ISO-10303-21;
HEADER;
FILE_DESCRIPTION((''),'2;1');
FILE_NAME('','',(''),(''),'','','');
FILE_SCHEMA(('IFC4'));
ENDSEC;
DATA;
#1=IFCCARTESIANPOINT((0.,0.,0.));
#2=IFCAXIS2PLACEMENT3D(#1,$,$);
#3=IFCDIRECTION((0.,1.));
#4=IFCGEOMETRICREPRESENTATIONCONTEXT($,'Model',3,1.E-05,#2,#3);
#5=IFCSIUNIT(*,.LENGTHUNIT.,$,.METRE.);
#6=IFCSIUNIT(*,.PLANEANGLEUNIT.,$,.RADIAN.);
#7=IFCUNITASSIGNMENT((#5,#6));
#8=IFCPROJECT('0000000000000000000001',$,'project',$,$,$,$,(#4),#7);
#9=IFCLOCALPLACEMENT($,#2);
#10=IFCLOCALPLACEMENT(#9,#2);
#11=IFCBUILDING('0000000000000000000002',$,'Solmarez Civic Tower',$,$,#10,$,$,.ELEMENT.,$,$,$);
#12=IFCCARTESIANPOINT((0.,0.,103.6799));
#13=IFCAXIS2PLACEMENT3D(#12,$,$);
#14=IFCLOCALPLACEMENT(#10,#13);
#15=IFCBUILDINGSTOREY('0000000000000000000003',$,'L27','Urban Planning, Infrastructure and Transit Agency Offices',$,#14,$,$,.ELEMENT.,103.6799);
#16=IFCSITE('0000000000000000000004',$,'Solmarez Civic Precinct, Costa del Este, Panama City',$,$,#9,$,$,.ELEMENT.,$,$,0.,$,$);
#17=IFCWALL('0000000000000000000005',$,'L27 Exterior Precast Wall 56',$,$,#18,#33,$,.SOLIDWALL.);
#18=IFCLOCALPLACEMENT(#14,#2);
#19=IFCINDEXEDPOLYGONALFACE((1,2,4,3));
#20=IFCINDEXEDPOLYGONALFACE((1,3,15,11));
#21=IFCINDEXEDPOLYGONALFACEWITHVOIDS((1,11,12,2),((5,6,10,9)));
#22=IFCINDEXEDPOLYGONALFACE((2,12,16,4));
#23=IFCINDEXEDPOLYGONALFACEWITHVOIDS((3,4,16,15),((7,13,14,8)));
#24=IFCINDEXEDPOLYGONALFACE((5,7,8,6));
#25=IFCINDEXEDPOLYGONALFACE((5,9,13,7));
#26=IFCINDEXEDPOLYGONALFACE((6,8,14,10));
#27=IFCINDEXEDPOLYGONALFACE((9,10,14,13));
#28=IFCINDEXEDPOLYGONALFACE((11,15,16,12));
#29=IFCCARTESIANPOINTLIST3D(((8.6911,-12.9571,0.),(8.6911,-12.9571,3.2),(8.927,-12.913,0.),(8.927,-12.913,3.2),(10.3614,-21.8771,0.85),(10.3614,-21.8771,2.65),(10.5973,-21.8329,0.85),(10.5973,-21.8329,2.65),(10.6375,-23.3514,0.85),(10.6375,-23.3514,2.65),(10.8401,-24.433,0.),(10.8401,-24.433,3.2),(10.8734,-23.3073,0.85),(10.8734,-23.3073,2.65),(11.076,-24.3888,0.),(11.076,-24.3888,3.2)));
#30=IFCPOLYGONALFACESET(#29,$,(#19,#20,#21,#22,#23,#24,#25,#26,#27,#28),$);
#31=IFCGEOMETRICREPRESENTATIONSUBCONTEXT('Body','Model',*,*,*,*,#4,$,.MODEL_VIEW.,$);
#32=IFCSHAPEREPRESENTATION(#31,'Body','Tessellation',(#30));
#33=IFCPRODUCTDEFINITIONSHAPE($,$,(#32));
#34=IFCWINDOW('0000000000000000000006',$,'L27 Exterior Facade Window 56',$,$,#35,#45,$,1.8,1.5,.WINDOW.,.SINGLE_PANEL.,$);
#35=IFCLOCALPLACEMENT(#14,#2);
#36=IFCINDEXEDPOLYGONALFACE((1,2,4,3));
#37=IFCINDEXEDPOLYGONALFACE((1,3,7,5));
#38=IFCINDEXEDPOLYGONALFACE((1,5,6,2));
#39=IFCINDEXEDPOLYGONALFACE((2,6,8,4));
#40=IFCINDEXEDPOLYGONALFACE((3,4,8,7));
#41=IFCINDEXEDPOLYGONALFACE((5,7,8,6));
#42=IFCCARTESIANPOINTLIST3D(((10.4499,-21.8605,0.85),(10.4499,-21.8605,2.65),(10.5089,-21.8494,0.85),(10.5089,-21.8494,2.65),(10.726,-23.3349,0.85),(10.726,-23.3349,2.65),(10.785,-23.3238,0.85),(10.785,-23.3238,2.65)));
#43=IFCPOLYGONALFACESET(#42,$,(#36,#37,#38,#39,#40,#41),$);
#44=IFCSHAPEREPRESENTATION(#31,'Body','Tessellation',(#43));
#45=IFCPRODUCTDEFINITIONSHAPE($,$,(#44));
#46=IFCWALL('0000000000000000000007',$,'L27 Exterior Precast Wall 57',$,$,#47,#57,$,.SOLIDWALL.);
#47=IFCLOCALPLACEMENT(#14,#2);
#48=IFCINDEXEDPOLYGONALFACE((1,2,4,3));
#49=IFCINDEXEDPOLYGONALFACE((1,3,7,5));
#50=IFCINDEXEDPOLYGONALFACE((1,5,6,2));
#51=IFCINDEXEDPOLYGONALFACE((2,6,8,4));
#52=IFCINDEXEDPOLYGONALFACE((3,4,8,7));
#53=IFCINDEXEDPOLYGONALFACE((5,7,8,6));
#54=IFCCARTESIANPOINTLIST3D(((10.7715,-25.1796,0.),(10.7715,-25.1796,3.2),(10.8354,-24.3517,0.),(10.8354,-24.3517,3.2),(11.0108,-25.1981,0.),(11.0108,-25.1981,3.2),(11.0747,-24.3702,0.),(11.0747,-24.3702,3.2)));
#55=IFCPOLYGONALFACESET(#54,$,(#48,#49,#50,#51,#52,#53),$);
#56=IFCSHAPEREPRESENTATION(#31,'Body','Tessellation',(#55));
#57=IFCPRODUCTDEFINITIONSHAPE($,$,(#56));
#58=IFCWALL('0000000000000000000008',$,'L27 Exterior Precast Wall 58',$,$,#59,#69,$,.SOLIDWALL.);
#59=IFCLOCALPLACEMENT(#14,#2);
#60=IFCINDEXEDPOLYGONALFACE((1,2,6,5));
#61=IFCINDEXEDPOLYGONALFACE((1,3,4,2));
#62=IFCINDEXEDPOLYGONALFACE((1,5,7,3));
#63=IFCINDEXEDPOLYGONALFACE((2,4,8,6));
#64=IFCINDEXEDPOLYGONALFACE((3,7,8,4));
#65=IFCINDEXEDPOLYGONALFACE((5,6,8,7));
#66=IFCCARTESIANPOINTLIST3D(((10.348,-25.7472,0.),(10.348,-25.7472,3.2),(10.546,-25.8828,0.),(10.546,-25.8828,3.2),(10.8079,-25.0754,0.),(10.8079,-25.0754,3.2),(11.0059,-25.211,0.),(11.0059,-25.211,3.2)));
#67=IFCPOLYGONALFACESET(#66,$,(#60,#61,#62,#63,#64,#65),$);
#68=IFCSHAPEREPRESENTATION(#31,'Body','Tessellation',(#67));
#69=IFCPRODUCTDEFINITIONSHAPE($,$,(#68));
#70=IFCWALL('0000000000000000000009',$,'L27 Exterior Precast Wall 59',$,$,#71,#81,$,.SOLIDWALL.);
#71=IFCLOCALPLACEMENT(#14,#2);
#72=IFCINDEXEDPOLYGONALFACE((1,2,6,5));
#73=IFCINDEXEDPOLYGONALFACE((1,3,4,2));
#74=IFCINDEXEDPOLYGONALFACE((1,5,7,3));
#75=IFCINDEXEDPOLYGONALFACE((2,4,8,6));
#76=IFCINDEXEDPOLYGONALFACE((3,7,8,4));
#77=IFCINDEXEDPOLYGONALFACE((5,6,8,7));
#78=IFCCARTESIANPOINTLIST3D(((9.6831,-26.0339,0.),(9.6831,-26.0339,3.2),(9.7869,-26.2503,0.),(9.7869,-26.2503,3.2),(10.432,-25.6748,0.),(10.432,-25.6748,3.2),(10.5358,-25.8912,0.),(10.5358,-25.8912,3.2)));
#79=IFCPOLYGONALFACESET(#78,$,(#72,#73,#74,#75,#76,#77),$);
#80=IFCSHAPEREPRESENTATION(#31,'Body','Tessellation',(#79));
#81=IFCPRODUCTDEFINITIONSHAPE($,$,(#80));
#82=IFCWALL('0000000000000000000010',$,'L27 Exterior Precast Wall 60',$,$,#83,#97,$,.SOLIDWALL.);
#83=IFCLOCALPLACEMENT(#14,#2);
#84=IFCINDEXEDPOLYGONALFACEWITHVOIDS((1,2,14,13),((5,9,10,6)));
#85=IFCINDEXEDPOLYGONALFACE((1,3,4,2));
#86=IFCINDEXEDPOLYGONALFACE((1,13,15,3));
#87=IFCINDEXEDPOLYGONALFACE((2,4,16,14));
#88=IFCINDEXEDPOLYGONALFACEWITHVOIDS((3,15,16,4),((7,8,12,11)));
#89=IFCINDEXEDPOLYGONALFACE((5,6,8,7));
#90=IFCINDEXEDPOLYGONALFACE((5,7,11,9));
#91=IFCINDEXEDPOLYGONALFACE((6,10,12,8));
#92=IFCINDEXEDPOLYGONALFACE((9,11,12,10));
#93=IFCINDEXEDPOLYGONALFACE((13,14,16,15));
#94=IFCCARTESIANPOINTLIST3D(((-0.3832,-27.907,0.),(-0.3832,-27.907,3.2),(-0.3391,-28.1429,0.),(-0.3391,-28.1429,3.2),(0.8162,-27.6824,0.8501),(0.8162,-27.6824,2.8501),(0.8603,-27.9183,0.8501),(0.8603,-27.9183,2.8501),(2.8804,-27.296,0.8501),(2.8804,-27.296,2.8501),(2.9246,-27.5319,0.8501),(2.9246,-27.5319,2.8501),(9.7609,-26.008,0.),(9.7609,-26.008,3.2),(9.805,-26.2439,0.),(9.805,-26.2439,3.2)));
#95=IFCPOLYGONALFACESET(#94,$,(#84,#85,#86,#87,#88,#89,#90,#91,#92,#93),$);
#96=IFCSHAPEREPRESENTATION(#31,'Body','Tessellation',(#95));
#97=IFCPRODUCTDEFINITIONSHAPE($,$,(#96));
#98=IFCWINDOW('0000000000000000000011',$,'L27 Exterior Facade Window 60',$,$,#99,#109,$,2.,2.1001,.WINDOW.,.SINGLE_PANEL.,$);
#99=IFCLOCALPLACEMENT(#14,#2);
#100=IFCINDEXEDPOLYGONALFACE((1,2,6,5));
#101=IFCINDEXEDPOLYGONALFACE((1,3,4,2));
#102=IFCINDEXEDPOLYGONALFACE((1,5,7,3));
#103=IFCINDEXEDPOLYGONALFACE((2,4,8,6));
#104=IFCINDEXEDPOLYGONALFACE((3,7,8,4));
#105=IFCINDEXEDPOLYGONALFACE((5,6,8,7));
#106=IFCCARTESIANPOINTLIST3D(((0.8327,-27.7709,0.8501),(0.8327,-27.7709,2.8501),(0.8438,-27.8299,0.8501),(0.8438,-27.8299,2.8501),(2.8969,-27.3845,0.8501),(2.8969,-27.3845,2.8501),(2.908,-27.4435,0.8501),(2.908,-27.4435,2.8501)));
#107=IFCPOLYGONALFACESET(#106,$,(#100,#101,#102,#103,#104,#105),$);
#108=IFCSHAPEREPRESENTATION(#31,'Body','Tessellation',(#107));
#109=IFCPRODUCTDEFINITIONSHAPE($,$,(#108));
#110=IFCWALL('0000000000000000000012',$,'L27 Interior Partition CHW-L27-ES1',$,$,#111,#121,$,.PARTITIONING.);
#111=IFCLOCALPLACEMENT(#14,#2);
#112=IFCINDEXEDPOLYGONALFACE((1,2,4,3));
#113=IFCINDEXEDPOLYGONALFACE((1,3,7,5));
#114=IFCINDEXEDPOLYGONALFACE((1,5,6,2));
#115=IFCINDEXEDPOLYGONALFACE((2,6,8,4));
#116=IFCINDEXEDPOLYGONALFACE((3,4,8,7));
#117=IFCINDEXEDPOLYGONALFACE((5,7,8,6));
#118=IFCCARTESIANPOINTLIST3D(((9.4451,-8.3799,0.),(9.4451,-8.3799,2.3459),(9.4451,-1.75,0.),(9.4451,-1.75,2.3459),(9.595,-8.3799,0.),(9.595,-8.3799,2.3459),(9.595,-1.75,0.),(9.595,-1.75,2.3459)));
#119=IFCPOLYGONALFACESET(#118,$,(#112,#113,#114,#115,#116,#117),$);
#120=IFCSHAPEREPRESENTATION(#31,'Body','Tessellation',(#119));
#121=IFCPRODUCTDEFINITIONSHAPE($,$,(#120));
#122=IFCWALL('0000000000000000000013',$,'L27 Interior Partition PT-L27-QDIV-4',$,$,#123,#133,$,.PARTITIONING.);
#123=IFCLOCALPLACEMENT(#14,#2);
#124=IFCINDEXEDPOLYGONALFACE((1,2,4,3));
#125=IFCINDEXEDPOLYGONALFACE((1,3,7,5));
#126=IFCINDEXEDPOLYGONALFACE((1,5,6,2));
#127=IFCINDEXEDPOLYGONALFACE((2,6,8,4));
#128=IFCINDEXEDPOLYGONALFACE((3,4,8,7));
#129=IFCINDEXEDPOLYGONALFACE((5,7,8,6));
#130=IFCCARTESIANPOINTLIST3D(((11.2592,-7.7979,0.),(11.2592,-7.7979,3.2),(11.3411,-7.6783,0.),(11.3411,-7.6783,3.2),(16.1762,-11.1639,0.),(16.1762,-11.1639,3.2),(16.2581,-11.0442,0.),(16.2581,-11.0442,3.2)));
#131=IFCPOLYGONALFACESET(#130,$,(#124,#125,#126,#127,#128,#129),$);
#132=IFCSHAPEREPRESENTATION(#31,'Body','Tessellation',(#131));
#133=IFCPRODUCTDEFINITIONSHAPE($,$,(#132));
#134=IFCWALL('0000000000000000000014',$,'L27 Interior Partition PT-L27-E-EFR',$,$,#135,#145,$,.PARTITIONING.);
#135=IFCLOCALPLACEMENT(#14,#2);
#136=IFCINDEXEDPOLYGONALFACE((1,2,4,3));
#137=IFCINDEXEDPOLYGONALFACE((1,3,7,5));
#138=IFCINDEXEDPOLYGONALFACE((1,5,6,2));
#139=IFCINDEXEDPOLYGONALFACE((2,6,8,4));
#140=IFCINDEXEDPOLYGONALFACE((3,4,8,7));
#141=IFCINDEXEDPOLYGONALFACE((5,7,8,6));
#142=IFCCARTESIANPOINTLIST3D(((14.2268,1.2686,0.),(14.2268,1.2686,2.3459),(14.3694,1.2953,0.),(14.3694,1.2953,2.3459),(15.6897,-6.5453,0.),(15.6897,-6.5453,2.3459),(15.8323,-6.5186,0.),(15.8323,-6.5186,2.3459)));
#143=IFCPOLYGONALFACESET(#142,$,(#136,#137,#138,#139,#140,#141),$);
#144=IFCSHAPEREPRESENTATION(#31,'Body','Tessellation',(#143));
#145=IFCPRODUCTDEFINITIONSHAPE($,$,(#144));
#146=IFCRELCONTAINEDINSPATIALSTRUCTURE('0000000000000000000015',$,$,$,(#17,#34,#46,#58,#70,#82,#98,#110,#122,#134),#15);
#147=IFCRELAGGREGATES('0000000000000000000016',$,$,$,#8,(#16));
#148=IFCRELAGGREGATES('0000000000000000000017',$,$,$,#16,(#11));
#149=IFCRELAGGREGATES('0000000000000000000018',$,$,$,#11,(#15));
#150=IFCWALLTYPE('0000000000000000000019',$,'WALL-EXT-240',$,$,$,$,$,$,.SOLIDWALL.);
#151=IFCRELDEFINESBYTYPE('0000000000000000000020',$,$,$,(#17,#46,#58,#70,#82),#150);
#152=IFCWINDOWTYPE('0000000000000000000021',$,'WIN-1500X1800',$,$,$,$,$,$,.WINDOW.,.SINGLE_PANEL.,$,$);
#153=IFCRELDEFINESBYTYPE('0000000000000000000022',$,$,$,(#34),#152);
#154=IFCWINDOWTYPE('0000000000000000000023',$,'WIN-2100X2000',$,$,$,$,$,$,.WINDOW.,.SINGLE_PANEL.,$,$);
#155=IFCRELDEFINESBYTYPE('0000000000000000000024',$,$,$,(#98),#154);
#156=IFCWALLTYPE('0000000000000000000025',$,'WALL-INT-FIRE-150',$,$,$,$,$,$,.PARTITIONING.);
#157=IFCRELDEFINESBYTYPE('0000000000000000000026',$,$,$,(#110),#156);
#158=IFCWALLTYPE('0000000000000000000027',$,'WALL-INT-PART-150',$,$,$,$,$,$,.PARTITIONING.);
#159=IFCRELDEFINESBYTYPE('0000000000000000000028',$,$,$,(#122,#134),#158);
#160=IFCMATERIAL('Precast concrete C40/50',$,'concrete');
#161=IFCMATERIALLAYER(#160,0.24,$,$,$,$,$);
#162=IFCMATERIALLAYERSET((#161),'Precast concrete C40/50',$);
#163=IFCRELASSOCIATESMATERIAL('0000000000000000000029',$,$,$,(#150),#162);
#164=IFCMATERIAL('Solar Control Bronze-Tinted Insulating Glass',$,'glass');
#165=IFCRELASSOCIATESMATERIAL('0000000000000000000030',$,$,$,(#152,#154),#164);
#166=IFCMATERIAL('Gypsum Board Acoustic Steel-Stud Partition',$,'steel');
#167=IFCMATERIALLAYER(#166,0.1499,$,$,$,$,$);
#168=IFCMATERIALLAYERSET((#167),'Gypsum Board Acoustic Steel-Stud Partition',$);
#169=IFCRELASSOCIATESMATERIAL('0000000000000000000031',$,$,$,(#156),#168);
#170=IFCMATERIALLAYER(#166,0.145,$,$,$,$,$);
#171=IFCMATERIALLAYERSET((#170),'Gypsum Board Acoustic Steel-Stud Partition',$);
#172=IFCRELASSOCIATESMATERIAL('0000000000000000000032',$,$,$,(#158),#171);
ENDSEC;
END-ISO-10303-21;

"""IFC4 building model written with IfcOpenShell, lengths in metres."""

from ifc_helpers import new_model, si_unit, direction, frame, frame_2d, origin, place, context, subcontext, project, spatial, rectangle, extrude, material, layer, layer_set, type_object, element, fill, save


model = new_model("IFC4")

# Units and contexts
model_context = context("Model", 3, precision=1e-05, world=origin(), true_north=direction((0.0, 1.0)))
body_context = subcontext(model_context, "Body", "Model", "MODEL_VIEW")
ifc_project = project(units=[si_unit("LENGTHUNIT", "METRE"), si_unit("PLANEANGLEUNIT", "RADIAN")], contexts=[model_context])

# Site, building, storey
site_placement = place(None, origin())
site = spatial("IfcSite", under=ifc_project, at=site_placement, Name="Solmarez Civic Precinct, Costa del Este, Panama City", CompositionType="ELEMENT", RefElevation=0.0)
building_placement = place(site_placement, origin())
building = spatial("IfcBuilding", under=site, at=building_placement, Name="Solmarez Civic Tower", CompositionType="ELEMENT")
storey_placement = place(building_placement, frame((0.0, 0.0, 103.6799)))
storey = spatial("IfcBuildingStorey", under=building, at=storey_placement, Name="L27", Description="Urban Planning, Infrastructure and Transit Agency Offices", CompositionType="ELEMENT", Elevation=103.6799)

# Shared definitions
ifc_material_1 = material(Name="Precast concrete C40/50", Category="concrete")
ifc_layer_1 = layer(ifc_material_1, 0.24)
ifc_layer_set_1 = layer_set([ifc_layer_1], Name="Precast concrete C40/50")
wall_type_1 = type_object("IfcWallType", Name="WALL-EXT-240", PredefinedType="SOLIDWALL", material=ifc_layer_set_1)

# Wall, opening, window
wall_1_placement = place(storey_placement, frame((8.8091, -12.9351, 0.0), z_axis=(0.0, 0.0, 1.0), x_axis=(0.184057, -0.982915, 0.0)))
wall_1 = element("IfcWall", 1, at=wall_1_placement, inside=storey, type_object=wall_type_1, Name="L27 Exterior Precast Wall 56", PredefinedType="SOLIDWALL", context=body_context, shape_type="SweptSolid", body=[
    extrude(rectangle(XDim=11.6753, YDim=0.24, at=frame_2d((5.8376, 0.0))), origin(), (0.0, 0.0, 1.0), 3.2),
])
opening_1_placement = place(wall_1_placement, frame((9.075, 0.0, 0.8501)))
opening_1 = element("IfcOpeningElement", 2, at=opening_1_placement, cuts=wall_1, PredefinedType="OPENING", context=body_context, shape_type="SweptSolid", body=[
    extrude(rectangle(XDim=1.5, YDim=1.8, at=frame_2d((0.75, 0.8999))), frame((0.0, 0.1299, 0.0), z_axis=(0.0, -1.0, 0.0), x_axis=(1.0, 0.0, 0.0)), (0.0, 0.0, 1.0), 0.26),
])
ifc_material_2 = material(Name="Solar Control Bronze-Tinted Insulating Glass", Category="glass")
window_type_1 = type_object("IfcWindowType", Name="WIN-1500X1800", PartitioningType="SINGLE_PANEL", PredefinedType="WINDOW", material=ifc_material_2)
window_1_placement = place(opening_1_placement, origin())
window_1 = element("IfcWindow", 3, at=window_1_placement, inside=storey, type_object=window_type_1, Name="L27 Exterior Facade Window 56", OverallHeight=1.8, OverallWidth=1.5, PartitioningType="SINGLE_PANEL", PredefinedType="WINDOW", context=body_context, shape_type="SweptSolid", body=[
    extrude(rectangle(XDim=1.5, YDim=1.8, at=frame_2d((0.75, 0.8999))), frame((0.0, 0.03, 0.0), z_axis=(0.0, -1.0, 0.0), x_axis=(1.0, 0.0, 0.0)), (0.0, 0.0, 1.0), 0.0601),
])
fill(opening_1, window_1)

# Walls
wall_2_placement = place(storey_placement, frame((10.9551, -24.3611, 0.0), z_axis=(0.0, 0.0, 1.0), x_axis=(-0.077034, -0.997028, 0.0)))
element("IfcWall", 4, at=wall_2_placement, inside=storey, type_object=wall_type_1, Name="L27 Exterior Precast Wall 57", PredefinedType="SOLIDWALL", context=body_context, shape_type="SweptSolid", body=[
    extrude(rectangle(XDim=0.8303, YDim=0.24, at=frame_2d((0.415, 0.0))), origin(), (0.0, 0.0, 1.0), 3.2),
])
wall_3_placement = place(storey_placement, frame((10.907, -25.1431, 0.0), z_axis=(0.0, 0.0, 1.0), x_axis=(-0.564899, -0.82516, 0.0)))
element("IfcWall", 5, at=wall_3_placement, inside=storey, type_object=wall_type_1, Name="L27 Exterior Precast Wall 58", PredefinedType="SOLIDWALL", context=body_context, shape_type="SweptSolid", body=[
    extrude(rectangle(XDim=0.8142, YDim=0.24, at=frame_2d((0.4072, 0.0))), origin(), (0.0, 0.0, 1.0), 3.2),
])
wall_4_placement = place(storey_placement, frame((10.4839, -25.783, 0.0), z_axis=(0.0, 0.0, 1.0), x_axis=(-0.901656, -0.432454, 0.0)))
element("IfcWall", 6, at=wall_4_placement, inside=storey, type_object=wall_type_1, Name="L27 Exterior Precast Wall 59", PredefinedType="SOLIDWALL", context=body_context, shape_type="SweptSolid", body=[
    extrude(rectangle(XDim=0.8306, YDim=0.24, at=frame_2d((0.4153, 0.0))), origin(), (0.0, 0.0, 1.0), 3.2),
])

# Wall, opening, window
wall_5_placement = place(storey_placement, frame((9.783, -26.126, 0.0), z_axis=(0.0, 0.0, 1.0), x_axis=(-0.982926, -0.184, 0.0)))
wall_5 = element("IfcWall", 7, at=wall_5_placement, inside=storey, type_object=wall_type_1, Name="L27 Exterior Precast Wall 60", PredefinedType="SOLIDWALL", context=body_context, shape_type="SweptSolid", body=[
    extrude(rectangle(XDim=10.3203, YDim=0.24, at=frame_2d((5.1602, 0.0))), origin(), (0.0, 0.0, 1.0), 3.2),
])
opening_2_placement = place(wall_5_placement, frame((7.0, 0.0, 0.8501)))
opening_2 = element("IfcOpeningElement", 8, at=opening_2_placement, cuts=wall_5, PredefinedType="OPENING", context=body_context, shape_type="SweptSolid", body=[
    extrude(rectangle(XDim=2.1001, YDim=2.0, at=frame_2d((1.05, 1.0))), frame((0.0, 0.1299, 0.0), z_axis=(0.0, -1.0, 0.0), x_axis=(1.0, 0.0, 0.0)), (0.0, 0.0, 1.0), 0.26),
])
window_type_2 = type_object("IfcWindowType", Name="WIN-2100X2000", PartitioningType="SINGLE_PANEL", PredefinedType="WINDOW", material=ifc_material_2)
window_2_placement = place(opening_2_placement, origin())
window_2 = element("IfcWindow", 9, at=window_2_placement, inside=storey, type_object=window_type_2, Name="L27 Exterior Facade Window 60", OverallHeight=2.0, OverallWidth=2.1001, PartitioningType="SINGLE_PANEL", PredefinedType="WINDOW", context=body_context, shape_type="SweptSolid", body=[
    extrude(rectangle(XDim=2.1001, YDim=2.0, at=frame_2d((1.05, 1.0))), frame((0.0, 0.03, 0.0), z_axis=(0.0, -1.0, 0.0), x_axis=(1.0, 0.0, 0.0)), (0.0, 0.0, 1.0), 0.0601),
])
fill(opening_2, window_2)

# Walls
ifc_material_3 = material(Name="Gypsum Board Acoustic Steel-Stud Partition", Category="steel")
ifc_layer_2 = layer(ifc_material_3, 0.1499)
ifc_layer_set_2 = layer_set([ifc_layer_2], Name="Gypsum Board Acoustic Steel-Stud Partition")
wall_type_2 = type_object("IfcWallType", Name="WALL-INT-FIRE-150", PredefinedType="PARTITIONING", material=ifc_layer_set_2)
wall_6_placement = place(storey_placement, frame((9.52, -8.3799, 0.0), z_axis=(0.0, 0.0, 1.0), x_axis=(0.0, 1.0, 0.0)))
element("IfcWall", 10, at=wall_6_placement, inside=storey, type_object=wall_type_2, Name="L27 Interior Partition CHW-L27-ES1", PredefinedType="PARTITIONING", context=body_context, shape_type="SweptSolid", body=[
    extrude(rectangle(XDim=6.6299, YDim=0.1499, at=frame_2d((3.3149, 0.0))), origin(), (0.0, 0.0, 1.0), 2.3459),
])
ifc_layer_3 = layer(ifc_material_3, 0.145)
ifc_layer_set_3 = layer_set([ifc_layer_3], Name="Gypsum Board Acoustic Steel-Stud Partition")
wall_type_3 = type_object("IfcWallType", Name="WALL-INT-PART-150", PredefinedType="PARTITIONING", material=ifc_layer_set_3)
wall_7_placement = place(storey_placement, frame((11.3, -7.738, 0.0), z_axis=(0.0, 0.0, 1.0), x_axis=(0.825174, -0.564879, 0.0)))
element("IfcWall", 11, at=wall_7_placement, inside=storey, type_object=wall_type_3, Name="L27 Interior Partition PT-L27-QDIV-4", PredefinedType="PARTITIONING", context=body_context, shape_type="SweptSolid", body=[
    extrude(rectangle(XDim=5.9587, YDim=0.145, at=frame_2d((2.9795, 0.0))), origin(), (0.0, 0.0, 1.0), 3.2),
])
wall_8_placement = place(storey_placement, frame((15.761, -6.532, 0.0), z_axis=(0.0, 0.0, 1.0), x_axis=(-0.184018, 0.982923, 0.0)))
element("IfcWall", 12, at=wall_8_placement, inside=storey, type_object=wall_type_3, Name="L27 Interior Partition PT-L27-E-EFR", PredefinedType="PARTITIONING", context=body_context, shape_type="SweptSolid", body=[
    extrude(rectangle(XDim=7.9497, YDim=0.145, at=frame_2d((3.9749, 0.0))), origin(), (0.0, 0.0, 1.0), 2.3459),
])

save(model, "model.ifc")
